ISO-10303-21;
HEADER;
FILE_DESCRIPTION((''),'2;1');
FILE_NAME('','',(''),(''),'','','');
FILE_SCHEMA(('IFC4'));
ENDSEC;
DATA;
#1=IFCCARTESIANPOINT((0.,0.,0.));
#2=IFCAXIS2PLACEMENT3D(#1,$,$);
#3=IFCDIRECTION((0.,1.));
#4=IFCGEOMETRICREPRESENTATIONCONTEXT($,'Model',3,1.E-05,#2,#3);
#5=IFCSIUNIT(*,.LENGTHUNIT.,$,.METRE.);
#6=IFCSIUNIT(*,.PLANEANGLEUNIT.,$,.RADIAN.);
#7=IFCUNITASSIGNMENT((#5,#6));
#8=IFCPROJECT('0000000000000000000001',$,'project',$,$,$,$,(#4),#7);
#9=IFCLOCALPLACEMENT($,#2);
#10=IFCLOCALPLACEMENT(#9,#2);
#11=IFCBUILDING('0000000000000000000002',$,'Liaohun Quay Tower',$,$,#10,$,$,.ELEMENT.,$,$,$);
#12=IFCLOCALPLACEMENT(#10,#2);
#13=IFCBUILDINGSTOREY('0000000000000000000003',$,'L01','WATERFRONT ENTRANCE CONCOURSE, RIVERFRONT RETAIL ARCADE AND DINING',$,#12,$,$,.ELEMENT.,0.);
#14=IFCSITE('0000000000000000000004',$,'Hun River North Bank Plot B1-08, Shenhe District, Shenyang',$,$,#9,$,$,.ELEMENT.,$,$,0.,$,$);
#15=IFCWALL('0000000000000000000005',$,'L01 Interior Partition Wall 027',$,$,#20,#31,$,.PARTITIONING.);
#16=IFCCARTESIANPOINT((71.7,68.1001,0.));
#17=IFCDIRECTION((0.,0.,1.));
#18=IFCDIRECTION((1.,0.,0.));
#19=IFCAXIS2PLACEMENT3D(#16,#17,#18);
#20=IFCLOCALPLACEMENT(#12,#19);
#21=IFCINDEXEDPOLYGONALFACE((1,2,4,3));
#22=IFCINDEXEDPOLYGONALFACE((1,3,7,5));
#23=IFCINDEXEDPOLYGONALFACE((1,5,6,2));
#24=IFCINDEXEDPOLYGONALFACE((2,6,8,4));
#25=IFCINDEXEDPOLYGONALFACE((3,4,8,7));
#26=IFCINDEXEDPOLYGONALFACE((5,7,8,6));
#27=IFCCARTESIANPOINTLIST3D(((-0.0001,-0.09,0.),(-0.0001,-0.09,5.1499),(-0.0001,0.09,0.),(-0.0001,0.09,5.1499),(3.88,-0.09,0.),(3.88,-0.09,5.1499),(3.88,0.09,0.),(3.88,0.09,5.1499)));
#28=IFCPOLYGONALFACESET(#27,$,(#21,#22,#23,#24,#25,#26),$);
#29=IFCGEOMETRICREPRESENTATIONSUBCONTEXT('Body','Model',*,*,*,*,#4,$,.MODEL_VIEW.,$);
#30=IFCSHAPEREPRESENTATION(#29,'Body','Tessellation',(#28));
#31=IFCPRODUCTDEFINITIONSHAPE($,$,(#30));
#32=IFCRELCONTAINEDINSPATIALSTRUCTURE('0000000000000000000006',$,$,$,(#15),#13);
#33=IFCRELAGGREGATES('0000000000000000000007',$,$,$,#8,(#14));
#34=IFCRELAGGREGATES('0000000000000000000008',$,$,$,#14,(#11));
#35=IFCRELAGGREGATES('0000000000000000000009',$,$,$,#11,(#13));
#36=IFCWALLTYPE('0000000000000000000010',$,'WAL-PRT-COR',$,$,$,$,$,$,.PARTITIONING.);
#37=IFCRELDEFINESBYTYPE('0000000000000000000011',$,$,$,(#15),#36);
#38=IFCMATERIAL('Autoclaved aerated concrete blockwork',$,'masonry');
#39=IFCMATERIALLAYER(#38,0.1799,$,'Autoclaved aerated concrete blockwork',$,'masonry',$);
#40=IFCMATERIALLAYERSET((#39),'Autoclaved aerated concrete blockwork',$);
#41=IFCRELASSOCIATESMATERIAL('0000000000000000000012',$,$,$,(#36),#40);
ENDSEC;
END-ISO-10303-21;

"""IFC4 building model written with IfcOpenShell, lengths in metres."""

from ifc_helpers import new_model, si_unit, direction, frame, frame_2d, origin, place, context, subcontext, project, spatial, rectangle, extrude, material, layer, layer_set, type_object, element, save


model = new_model("IFC4")

# Units and contexts
model_context = context("Model", 3, precision=1e-05, world=origin(), true_north=direction((0.0, 1.0)))
body_context = subcontext(model_context, "Body", "Model", "MODEL_VIEW")
ifc_project = project(units=[si_unit("LENGTHUNIT", "METRE"), si_unit("PLANEANGLEUNIT", "RADIAN")], contexts=[model_context])

# Site, building, storey
site_placement = place(None, origin())
site = spatial("IfcSite", under=ifc_project, at=site_placement, Name="Hun River North Bank Plot B1-08, Shenhe District, Shenyang", CompositionType="ELEMENT", RefElevation=0.0)
building_placement = place(site_placement, origin())
building = spatial("IfcBuilding", under=site, at=building_placement, Name="Liaohun Quay Tower", CompositionType="ELEMENT")
storey_placement = place(building_placement, origin())
storey = spatial("IfcBuildingStorey", under=building, at=storey_placement, Name="L01", Description="WATERFRONT ENTRANCE CONCOURSE, RIVERFRONT RETAIL ARCADE AND DINING", CompositionType="ELEMENT", Elevation=0.0)

# Shared definitions
ifc_material_1 = material(Name="Autoclaved aerated concrete blockwork", Category="masonry")
ifc_layer_1 = layer(ifc_material_1, 0.1799, Name="Autoclaved aerated concrete blockwork", Category="masonry")
ifc_layer_set_1 = layer_set([ifc_layer_1], Name="Autoclaved aerated concrete blockwork")
wall_type_1 = type_object("IfcWallType", Name="WAL-PRT-COR", PredefinedType="PARTITIONING", material=ifc_layer_set_1)

# Wall
wall_1_placement = place(storey_placement, frame((71.7, 68.1001, 0.0), z_axis=(0.0, 0.0, 1.0), x_axis=(1.0, 0.0, 0.0)))
element("IfcWall", 1, at=wall_1_placement, inside=storey, type_object=wall_type_1, Name="L01 Interior Partition Wall 027", PredefinedType="PARTITIONING", context=body_context, shape_type="SweptSolid", body=[
    extrude(rectangle(XDim=3.8801, YDim=0.1799, at=frame_2d((1.9399, 0.0))), origin(), (0.0, 0.0, 1.0), 5.1499),
])

save(model, "model.ifc")
